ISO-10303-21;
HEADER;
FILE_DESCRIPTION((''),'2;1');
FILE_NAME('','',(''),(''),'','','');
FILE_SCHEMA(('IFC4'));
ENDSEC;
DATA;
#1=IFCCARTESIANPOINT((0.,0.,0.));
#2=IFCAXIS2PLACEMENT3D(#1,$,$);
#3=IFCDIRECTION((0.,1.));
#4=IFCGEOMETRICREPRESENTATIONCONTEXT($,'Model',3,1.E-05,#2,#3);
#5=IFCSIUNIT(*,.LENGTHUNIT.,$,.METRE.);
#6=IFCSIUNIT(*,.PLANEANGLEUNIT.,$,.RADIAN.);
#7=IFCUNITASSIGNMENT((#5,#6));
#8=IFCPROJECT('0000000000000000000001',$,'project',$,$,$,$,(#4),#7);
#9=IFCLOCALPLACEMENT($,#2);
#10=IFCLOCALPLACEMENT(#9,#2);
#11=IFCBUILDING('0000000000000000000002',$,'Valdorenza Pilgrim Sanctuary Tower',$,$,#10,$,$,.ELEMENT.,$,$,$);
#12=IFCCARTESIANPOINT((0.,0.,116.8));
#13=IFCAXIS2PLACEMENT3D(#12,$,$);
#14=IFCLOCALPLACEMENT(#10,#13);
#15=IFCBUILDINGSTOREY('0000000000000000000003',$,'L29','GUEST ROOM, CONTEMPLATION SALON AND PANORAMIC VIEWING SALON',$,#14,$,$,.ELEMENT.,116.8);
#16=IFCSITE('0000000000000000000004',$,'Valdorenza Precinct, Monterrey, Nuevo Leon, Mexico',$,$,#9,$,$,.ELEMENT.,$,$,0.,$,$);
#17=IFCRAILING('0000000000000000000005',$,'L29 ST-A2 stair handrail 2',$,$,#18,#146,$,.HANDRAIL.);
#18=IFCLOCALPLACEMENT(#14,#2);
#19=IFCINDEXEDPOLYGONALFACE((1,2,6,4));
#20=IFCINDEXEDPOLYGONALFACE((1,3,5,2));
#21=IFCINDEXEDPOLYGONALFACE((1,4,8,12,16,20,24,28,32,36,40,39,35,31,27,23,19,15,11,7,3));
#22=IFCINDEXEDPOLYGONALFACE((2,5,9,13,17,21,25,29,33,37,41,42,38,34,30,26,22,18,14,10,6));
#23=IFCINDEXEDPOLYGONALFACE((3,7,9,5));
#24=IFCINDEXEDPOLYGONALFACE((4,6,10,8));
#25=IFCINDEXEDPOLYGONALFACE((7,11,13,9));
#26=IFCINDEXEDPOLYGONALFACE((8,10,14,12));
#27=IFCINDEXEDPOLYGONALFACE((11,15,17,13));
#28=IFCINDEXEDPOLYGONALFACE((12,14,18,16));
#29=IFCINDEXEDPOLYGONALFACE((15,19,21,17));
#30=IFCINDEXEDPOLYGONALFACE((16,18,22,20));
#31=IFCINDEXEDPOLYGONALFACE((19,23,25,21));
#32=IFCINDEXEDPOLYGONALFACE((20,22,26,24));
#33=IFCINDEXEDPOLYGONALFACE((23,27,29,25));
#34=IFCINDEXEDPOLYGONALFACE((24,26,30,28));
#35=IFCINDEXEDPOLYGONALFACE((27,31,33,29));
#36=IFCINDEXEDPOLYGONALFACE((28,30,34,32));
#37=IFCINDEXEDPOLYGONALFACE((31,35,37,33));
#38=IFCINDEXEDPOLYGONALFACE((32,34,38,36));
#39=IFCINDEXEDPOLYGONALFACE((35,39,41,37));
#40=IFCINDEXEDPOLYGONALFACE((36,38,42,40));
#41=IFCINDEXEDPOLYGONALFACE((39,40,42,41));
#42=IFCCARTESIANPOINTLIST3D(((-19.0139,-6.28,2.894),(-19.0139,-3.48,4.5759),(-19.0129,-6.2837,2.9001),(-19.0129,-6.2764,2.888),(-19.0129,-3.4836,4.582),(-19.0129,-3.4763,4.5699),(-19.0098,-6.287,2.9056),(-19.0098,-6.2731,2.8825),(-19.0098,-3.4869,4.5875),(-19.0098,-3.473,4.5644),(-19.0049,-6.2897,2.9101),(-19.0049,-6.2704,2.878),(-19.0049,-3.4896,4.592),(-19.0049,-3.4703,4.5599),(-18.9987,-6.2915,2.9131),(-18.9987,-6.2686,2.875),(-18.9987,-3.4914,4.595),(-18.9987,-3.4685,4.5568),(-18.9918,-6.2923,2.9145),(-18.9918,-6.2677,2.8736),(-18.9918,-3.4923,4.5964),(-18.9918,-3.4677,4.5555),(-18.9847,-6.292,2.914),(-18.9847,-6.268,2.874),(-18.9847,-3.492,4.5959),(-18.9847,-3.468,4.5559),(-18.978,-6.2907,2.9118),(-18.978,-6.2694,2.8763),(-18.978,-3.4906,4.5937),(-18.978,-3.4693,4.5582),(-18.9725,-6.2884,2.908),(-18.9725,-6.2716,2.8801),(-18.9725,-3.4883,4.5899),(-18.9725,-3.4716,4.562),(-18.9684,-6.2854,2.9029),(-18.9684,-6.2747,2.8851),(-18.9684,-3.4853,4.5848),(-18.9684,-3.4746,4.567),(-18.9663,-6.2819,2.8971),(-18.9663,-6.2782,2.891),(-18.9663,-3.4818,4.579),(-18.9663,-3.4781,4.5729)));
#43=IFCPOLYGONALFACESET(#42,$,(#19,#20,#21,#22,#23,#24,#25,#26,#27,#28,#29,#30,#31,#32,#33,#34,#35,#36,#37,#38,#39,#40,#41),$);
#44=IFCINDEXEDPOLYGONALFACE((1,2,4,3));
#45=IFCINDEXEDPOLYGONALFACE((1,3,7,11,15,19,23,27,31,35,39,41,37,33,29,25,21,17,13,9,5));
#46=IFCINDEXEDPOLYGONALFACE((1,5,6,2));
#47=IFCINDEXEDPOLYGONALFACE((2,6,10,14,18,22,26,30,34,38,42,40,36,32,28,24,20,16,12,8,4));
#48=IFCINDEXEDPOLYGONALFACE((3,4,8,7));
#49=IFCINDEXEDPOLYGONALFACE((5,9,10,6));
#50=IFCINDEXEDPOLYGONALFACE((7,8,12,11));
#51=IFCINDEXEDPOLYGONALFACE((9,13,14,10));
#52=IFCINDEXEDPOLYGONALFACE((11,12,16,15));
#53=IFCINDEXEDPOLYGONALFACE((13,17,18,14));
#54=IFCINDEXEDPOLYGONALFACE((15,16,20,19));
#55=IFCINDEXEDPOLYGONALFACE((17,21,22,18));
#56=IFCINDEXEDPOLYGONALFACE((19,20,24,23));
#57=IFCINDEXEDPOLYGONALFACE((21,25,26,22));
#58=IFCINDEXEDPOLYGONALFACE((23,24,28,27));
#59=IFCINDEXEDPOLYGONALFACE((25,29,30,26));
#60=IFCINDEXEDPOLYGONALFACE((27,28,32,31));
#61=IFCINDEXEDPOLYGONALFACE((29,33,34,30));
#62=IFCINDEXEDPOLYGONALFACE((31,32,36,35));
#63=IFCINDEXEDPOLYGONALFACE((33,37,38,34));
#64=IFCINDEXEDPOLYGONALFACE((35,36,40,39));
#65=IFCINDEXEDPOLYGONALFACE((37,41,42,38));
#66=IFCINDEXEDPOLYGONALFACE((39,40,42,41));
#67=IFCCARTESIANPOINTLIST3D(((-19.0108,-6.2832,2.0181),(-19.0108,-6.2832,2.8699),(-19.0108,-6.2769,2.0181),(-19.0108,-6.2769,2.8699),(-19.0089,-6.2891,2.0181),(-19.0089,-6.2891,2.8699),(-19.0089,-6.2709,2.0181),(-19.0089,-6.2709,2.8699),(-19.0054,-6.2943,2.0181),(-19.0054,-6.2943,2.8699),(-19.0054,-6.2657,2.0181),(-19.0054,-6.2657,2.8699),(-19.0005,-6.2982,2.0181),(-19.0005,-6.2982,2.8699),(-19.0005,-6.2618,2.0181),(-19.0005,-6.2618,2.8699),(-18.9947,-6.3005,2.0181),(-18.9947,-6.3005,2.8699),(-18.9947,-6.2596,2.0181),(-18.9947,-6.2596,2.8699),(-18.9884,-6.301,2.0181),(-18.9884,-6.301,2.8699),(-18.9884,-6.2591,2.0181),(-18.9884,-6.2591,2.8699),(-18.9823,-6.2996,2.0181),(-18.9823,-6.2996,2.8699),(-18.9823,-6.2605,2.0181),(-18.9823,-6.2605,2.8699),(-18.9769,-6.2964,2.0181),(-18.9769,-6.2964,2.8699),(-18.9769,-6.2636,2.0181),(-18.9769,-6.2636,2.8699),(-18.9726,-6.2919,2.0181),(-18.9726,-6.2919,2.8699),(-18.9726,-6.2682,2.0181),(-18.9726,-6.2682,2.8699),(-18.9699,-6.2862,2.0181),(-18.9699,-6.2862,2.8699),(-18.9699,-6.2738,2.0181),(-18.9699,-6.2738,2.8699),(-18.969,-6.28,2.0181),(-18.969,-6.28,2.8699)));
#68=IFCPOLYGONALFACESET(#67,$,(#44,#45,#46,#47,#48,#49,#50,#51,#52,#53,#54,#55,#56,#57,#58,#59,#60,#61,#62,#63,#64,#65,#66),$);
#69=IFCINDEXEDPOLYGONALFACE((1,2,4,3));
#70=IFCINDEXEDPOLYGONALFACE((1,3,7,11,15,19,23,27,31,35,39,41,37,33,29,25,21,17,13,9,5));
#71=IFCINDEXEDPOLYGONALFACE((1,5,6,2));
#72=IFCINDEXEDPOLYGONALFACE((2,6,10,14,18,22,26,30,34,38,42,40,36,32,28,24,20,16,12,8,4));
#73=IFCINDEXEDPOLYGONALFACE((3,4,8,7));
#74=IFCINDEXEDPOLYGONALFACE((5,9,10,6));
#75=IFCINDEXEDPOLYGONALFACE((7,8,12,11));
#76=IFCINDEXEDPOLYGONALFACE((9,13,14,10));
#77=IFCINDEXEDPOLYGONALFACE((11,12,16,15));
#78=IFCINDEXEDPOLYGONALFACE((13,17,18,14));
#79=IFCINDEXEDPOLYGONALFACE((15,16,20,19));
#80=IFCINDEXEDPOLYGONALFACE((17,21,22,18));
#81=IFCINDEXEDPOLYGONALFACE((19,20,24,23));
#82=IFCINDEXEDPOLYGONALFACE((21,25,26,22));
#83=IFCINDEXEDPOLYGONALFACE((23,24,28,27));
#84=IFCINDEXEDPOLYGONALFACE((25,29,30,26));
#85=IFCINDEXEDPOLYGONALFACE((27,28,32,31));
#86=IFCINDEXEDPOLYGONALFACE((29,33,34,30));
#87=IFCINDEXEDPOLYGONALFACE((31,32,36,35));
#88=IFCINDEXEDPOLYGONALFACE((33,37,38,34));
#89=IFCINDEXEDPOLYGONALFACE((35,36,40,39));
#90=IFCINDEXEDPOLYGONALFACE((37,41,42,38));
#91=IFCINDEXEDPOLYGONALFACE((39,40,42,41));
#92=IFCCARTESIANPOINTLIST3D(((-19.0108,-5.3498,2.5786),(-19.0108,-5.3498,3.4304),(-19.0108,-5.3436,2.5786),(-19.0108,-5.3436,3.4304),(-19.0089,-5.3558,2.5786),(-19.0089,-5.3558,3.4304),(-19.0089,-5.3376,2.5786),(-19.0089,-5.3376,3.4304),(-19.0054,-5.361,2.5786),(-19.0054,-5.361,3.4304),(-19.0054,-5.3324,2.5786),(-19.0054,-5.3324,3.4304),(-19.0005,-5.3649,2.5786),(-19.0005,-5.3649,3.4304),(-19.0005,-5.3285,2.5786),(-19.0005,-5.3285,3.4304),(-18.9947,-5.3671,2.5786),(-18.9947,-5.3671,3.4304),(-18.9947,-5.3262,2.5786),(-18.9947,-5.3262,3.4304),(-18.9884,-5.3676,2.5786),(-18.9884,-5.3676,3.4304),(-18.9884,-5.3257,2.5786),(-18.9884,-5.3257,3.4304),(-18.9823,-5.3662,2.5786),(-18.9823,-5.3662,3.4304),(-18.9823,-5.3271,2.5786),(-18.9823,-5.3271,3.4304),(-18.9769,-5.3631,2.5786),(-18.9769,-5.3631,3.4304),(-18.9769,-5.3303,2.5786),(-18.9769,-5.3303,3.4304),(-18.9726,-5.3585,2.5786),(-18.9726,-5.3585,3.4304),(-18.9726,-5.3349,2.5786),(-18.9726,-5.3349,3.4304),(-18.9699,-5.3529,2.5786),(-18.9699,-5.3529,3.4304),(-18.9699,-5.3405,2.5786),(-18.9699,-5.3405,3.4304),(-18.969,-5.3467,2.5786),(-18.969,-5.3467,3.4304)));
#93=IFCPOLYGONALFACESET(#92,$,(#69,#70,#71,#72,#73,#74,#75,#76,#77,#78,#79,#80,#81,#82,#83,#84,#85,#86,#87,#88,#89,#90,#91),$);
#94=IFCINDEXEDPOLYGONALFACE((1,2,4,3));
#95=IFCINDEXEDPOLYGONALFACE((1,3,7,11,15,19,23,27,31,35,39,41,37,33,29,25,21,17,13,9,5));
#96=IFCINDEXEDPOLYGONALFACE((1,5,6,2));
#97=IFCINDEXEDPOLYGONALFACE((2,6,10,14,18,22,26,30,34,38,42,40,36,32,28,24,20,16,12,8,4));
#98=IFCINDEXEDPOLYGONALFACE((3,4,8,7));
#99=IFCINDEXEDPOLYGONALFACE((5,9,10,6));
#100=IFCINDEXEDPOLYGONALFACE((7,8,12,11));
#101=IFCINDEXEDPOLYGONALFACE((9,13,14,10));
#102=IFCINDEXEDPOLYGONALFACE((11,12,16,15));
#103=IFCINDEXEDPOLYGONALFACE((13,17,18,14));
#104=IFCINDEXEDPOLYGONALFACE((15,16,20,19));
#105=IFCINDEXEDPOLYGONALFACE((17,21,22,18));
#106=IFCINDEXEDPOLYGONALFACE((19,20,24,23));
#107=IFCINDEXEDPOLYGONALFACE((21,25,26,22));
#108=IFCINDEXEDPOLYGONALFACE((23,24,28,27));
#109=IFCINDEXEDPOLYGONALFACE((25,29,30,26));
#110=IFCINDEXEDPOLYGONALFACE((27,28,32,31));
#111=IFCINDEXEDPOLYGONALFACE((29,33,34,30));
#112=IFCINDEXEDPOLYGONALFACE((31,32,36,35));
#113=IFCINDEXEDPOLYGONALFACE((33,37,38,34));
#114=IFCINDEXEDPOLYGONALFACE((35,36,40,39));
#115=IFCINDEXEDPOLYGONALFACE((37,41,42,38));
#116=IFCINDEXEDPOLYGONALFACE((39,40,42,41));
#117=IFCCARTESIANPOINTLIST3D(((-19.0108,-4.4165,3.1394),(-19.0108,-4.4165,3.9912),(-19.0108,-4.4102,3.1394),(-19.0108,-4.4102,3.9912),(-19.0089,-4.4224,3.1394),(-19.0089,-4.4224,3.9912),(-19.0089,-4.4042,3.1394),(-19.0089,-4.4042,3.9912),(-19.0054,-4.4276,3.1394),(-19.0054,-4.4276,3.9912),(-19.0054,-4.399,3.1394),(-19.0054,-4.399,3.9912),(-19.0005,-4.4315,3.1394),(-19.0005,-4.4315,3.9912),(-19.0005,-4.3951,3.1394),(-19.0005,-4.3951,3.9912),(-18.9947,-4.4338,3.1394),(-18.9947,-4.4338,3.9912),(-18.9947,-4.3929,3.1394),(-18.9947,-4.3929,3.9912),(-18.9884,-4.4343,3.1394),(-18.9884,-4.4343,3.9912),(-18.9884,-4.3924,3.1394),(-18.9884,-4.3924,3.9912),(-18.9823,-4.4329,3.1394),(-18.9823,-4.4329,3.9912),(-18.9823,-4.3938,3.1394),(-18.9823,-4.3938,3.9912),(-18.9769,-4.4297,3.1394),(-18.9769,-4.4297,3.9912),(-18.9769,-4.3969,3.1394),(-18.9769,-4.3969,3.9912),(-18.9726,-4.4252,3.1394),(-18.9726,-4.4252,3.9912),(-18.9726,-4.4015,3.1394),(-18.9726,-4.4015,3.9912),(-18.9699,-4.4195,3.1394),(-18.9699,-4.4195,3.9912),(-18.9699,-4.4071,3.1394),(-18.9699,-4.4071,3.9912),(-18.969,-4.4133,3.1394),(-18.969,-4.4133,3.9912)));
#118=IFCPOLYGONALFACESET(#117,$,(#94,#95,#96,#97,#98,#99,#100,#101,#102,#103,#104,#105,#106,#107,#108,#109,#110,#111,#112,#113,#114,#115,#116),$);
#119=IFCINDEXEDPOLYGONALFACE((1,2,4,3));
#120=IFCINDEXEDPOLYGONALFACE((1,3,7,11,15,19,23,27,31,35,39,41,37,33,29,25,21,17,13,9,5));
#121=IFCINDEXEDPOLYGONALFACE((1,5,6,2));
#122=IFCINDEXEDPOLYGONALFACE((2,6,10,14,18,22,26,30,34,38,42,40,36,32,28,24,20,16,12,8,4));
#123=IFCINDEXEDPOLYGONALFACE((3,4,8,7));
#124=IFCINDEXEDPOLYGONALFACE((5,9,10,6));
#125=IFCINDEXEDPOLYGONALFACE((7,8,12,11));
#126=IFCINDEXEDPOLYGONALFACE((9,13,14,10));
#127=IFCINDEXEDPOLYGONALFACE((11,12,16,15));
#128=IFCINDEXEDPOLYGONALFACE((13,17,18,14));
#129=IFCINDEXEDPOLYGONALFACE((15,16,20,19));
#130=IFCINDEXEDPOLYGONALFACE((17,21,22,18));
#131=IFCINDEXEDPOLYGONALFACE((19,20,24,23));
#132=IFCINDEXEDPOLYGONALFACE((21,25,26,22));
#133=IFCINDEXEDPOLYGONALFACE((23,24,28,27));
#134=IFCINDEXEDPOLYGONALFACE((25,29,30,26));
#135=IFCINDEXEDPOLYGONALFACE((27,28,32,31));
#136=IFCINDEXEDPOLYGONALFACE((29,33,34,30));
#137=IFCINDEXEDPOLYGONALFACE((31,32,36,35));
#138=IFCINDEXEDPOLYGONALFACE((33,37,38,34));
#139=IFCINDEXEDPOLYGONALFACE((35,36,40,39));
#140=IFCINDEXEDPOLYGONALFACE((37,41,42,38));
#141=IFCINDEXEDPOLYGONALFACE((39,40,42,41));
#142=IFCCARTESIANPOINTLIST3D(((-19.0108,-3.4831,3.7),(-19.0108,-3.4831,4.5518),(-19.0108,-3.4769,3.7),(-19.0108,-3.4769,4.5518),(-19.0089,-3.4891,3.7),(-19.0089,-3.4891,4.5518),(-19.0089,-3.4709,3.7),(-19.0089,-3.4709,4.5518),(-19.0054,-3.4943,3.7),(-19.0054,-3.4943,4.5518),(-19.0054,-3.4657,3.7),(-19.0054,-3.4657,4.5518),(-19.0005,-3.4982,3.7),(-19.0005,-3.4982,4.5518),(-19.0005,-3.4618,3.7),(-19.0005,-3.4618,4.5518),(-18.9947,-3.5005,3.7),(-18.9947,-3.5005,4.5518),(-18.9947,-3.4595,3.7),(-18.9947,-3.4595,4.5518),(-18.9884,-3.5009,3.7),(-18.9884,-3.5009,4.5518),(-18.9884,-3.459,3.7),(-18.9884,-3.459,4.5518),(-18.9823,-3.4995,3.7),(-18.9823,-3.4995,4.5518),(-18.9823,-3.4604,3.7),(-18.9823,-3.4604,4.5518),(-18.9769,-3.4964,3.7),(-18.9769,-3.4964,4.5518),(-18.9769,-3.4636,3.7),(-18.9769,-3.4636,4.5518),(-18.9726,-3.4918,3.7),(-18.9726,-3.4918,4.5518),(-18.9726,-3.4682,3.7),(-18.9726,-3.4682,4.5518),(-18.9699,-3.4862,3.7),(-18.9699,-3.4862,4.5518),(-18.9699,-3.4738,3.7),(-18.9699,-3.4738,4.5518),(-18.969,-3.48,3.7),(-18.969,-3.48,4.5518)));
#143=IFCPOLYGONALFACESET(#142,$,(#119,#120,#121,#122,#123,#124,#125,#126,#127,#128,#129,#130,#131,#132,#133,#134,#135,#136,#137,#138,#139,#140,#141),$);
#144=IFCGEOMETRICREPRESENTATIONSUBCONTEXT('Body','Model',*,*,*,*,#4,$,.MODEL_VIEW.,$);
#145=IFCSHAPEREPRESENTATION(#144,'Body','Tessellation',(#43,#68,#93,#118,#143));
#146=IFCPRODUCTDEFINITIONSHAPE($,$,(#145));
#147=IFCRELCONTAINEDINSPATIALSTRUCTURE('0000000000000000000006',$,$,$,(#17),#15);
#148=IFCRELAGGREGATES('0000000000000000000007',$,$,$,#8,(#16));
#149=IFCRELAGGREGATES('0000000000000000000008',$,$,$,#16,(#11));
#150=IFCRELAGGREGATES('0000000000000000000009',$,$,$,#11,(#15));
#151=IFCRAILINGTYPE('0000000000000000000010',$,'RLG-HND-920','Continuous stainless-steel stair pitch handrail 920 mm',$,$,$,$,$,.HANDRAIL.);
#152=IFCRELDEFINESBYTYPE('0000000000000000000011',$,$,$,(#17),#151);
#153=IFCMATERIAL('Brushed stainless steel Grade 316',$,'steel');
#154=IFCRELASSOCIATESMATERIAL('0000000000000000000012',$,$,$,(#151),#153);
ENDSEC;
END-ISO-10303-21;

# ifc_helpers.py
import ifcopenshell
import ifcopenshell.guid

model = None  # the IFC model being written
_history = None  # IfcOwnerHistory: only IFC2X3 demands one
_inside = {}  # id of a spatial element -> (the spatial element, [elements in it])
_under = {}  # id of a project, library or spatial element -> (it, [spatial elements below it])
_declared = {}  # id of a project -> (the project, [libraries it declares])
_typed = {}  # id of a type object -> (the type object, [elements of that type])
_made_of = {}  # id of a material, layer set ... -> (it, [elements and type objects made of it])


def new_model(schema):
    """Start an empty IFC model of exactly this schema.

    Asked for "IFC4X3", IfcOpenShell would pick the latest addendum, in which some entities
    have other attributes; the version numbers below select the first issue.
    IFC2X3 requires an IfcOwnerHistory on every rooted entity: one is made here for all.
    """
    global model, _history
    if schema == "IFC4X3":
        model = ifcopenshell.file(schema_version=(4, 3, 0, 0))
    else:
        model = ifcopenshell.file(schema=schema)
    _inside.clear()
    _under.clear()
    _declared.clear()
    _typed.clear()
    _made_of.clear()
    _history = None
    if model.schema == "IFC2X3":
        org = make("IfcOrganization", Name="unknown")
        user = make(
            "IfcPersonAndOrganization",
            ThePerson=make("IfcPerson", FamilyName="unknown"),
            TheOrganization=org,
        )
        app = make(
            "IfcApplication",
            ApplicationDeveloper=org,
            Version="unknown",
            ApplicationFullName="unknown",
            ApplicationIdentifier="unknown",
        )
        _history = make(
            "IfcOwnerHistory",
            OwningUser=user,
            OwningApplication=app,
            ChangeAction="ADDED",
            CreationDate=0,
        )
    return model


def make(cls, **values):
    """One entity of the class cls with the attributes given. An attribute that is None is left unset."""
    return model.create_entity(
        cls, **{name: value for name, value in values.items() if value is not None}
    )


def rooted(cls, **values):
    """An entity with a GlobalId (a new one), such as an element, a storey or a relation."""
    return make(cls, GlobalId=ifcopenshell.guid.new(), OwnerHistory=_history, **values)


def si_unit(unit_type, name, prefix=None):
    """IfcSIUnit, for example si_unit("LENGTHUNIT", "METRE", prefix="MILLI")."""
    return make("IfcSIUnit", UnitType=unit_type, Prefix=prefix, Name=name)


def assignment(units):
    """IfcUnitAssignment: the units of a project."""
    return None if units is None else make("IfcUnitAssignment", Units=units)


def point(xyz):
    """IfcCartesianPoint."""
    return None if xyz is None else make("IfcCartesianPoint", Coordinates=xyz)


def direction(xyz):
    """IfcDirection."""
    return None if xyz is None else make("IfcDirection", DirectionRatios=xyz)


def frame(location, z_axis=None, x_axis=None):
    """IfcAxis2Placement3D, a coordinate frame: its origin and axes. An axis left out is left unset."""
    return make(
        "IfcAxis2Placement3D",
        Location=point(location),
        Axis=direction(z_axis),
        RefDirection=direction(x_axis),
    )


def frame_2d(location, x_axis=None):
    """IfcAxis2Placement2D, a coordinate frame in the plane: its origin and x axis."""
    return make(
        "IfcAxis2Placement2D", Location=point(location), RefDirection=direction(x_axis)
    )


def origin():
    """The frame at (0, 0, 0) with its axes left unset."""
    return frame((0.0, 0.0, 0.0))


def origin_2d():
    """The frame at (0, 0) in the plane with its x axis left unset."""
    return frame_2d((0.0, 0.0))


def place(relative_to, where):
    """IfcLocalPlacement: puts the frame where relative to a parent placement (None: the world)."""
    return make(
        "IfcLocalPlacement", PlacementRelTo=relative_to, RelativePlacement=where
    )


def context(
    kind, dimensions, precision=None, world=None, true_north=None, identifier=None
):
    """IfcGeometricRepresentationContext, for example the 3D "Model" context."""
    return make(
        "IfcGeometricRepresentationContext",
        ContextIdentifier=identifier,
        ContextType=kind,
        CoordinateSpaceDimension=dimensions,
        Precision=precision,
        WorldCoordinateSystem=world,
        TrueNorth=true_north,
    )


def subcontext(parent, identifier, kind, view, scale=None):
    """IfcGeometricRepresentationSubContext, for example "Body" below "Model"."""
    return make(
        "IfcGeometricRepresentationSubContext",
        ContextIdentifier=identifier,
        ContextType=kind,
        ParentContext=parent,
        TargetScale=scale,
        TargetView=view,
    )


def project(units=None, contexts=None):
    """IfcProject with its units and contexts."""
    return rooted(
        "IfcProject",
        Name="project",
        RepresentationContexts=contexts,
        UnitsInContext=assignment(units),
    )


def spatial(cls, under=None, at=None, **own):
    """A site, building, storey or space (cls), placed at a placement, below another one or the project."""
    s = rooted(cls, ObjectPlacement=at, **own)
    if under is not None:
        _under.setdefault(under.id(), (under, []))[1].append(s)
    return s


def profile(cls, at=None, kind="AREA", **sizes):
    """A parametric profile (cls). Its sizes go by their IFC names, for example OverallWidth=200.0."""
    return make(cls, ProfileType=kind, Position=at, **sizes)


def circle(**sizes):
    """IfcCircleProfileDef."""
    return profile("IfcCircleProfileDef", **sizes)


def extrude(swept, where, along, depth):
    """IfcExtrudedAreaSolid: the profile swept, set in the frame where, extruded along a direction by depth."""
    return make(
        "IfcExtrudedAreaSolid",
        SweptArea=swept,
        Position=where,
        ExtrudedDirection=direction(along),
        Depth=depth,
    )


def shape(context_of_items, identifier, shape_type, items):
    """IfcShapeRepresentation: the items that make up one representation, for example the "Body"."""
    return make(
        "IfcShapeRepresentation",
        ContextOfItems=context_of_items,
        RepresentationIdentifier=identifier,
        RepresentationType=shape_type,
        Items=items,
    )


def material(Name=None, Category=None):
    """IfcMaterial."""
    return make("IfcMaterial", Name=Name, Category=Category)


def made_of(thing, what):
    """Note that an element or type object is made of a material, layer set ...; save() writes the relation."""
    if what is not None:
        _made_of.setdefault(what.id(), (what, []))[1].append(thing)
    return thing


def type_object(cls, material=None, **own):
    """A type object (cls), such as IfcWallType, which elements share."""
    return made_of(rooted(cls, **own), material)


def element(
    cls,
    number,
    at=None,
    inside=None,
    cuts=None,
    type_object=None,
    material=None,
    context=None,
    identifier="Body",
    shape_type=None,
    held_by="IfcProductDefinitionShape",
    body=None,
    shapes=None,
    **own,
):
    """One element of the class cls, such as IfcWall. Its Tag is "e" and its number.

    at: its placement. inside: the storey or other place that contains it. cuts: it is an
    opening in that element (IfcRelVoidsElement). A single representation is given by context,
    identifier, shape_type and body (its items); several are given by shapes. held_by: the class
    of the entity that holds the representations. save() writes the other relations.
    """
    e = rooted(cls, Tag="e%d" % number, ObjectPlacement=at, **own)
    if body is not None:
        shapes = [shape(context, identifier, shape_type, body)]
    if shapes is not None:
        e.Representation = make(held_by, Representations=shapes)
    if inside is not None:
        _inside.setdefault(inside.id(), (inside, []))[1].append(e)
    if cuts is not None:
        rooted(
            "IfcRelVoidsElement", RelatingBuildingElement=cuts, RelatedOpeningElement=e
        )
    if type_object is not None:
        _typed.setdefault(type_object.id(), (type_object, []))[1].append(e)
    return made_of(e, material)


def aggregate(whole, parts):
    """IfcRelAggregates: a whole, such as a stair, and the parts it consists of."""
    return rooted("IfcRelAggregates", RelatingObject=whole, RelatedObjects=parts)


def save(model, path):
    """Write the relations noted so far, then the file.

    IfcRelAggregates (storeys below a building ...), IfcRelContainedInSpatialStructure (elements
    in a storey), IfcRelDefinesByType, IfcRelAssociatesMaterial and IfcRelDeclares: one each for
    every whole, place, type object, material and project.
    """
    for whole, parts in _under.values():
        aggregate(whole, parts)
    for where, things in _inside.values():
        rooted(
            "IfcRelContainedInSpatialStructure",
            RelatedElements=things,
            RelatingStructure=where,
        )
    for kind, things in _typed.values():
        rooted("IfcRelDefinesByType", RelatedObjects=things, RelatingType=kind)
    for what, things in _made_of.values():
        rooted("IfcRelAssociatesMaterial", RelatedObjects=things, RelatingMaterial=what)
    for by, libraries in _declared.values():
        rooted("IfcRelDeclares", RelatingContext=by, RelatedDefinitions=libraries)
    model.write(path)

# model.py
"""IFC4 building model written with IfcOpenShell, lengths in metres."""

from ifc_helpers import new_model, si_unit, direction, frame, origin, origin_2d, place, context, subcontext, project, spatial, circle, extrude, material, type_object, element, save


model = new_model("IFC4")

# Units and contexts
model_context = context("Model", 3, precision=1e-05, world=origin(), true_north=direction((0.0, 1.0)))
body_context = subcontext(model_context, "Body", "Model", "MODEL_VIEW")
ifc_project = project(units=[si_unit("LENGTHUNIT", "METRE"), si_unit("PLANEANGLEUNIT", "RADIAN")], contexts=[model_context])

# Site, building, storey
site_placement = place(None, origin())
site = spatial("IfcSite", under=ifc_project, at=site_placement, Name="Valdorenza Precinct, Monterrey, Nuevo Leon, Mexico", CompositionType="ELEMENT", RefElevation=0.0)
building_placement = place(site_placement, origin())
building = spatial("IfcBuilding", under=site, at=building_placement, Name="Valdorenza Pilgrim Sanctuary Tower", CompositionType="ELEMENT")
storey_placement = place(building_placement, frame((0.0, 0.0, 116.8)))
storey = spatial("IfcBuildingStorey", under=building, at=storey_placement, Name="L29", Description="GUEST ROOM, CONTEMPLATION SALON AND PANORAMIC VIEWING SALON", CompositionType="ELEMENT", Elevation=116.8)

# Shared definitions
ifc_material_1 = material(Name="Brushed stainless steel Grade 316", Category="steel")

# Railing
railing_type_1 = type_object("IfcRailingType", Name="RLG-HND-920", Description="Continuous stainless-steel stair pitch handrail 920 mm", PredefinedType="HANDRAIL", material=ifc_material_1)
railing_1_placement = place(storey_placement, frame((-18.99, -6.28, 2.0181)))
element("IfcRailing", 1, at=railing_1_placement, inside=storey, type_object=railing_type_1, Name="L29 ST-A2 stair handrail 2", PredefinedType="HANDRAIL", context=body_context, shape_type="SweptSolid", body=[
    extrude(circle(Radius=0.0239, at=origin_2d()), frame((0.0, 0.0, 0.876), z_axis=(0.0, 0.857242, 0.514913), x_axis=(-1.0, 0.0, 0.0)), (0.0, 0.0, 1.0), 3.2664),
    extrude(circle(Radius=0.021, at=origin_2d()), origin(), (0.0, 0.0, 1.0), 0.8518),
    extrude(circle(Radius=0.021, at=origin_2d()), frame((0.0, 0.9333, 0.5605)), (0.0, 0.0, 1.0), 0.8518),
    extrude(circle(Radius=0.021, at=origin_2d()), frame((0.0, 1.8667, 1.1213)), (0.0, 0.0, 1.0), 0.8518),
    extrude(circle(Radius=0.021, at=origin_2d()), frame((0.0, 2.8, 1.6819)), (0.0, 0.0, 1.0), 0.8518),
])

save(model, "model.ifc")
